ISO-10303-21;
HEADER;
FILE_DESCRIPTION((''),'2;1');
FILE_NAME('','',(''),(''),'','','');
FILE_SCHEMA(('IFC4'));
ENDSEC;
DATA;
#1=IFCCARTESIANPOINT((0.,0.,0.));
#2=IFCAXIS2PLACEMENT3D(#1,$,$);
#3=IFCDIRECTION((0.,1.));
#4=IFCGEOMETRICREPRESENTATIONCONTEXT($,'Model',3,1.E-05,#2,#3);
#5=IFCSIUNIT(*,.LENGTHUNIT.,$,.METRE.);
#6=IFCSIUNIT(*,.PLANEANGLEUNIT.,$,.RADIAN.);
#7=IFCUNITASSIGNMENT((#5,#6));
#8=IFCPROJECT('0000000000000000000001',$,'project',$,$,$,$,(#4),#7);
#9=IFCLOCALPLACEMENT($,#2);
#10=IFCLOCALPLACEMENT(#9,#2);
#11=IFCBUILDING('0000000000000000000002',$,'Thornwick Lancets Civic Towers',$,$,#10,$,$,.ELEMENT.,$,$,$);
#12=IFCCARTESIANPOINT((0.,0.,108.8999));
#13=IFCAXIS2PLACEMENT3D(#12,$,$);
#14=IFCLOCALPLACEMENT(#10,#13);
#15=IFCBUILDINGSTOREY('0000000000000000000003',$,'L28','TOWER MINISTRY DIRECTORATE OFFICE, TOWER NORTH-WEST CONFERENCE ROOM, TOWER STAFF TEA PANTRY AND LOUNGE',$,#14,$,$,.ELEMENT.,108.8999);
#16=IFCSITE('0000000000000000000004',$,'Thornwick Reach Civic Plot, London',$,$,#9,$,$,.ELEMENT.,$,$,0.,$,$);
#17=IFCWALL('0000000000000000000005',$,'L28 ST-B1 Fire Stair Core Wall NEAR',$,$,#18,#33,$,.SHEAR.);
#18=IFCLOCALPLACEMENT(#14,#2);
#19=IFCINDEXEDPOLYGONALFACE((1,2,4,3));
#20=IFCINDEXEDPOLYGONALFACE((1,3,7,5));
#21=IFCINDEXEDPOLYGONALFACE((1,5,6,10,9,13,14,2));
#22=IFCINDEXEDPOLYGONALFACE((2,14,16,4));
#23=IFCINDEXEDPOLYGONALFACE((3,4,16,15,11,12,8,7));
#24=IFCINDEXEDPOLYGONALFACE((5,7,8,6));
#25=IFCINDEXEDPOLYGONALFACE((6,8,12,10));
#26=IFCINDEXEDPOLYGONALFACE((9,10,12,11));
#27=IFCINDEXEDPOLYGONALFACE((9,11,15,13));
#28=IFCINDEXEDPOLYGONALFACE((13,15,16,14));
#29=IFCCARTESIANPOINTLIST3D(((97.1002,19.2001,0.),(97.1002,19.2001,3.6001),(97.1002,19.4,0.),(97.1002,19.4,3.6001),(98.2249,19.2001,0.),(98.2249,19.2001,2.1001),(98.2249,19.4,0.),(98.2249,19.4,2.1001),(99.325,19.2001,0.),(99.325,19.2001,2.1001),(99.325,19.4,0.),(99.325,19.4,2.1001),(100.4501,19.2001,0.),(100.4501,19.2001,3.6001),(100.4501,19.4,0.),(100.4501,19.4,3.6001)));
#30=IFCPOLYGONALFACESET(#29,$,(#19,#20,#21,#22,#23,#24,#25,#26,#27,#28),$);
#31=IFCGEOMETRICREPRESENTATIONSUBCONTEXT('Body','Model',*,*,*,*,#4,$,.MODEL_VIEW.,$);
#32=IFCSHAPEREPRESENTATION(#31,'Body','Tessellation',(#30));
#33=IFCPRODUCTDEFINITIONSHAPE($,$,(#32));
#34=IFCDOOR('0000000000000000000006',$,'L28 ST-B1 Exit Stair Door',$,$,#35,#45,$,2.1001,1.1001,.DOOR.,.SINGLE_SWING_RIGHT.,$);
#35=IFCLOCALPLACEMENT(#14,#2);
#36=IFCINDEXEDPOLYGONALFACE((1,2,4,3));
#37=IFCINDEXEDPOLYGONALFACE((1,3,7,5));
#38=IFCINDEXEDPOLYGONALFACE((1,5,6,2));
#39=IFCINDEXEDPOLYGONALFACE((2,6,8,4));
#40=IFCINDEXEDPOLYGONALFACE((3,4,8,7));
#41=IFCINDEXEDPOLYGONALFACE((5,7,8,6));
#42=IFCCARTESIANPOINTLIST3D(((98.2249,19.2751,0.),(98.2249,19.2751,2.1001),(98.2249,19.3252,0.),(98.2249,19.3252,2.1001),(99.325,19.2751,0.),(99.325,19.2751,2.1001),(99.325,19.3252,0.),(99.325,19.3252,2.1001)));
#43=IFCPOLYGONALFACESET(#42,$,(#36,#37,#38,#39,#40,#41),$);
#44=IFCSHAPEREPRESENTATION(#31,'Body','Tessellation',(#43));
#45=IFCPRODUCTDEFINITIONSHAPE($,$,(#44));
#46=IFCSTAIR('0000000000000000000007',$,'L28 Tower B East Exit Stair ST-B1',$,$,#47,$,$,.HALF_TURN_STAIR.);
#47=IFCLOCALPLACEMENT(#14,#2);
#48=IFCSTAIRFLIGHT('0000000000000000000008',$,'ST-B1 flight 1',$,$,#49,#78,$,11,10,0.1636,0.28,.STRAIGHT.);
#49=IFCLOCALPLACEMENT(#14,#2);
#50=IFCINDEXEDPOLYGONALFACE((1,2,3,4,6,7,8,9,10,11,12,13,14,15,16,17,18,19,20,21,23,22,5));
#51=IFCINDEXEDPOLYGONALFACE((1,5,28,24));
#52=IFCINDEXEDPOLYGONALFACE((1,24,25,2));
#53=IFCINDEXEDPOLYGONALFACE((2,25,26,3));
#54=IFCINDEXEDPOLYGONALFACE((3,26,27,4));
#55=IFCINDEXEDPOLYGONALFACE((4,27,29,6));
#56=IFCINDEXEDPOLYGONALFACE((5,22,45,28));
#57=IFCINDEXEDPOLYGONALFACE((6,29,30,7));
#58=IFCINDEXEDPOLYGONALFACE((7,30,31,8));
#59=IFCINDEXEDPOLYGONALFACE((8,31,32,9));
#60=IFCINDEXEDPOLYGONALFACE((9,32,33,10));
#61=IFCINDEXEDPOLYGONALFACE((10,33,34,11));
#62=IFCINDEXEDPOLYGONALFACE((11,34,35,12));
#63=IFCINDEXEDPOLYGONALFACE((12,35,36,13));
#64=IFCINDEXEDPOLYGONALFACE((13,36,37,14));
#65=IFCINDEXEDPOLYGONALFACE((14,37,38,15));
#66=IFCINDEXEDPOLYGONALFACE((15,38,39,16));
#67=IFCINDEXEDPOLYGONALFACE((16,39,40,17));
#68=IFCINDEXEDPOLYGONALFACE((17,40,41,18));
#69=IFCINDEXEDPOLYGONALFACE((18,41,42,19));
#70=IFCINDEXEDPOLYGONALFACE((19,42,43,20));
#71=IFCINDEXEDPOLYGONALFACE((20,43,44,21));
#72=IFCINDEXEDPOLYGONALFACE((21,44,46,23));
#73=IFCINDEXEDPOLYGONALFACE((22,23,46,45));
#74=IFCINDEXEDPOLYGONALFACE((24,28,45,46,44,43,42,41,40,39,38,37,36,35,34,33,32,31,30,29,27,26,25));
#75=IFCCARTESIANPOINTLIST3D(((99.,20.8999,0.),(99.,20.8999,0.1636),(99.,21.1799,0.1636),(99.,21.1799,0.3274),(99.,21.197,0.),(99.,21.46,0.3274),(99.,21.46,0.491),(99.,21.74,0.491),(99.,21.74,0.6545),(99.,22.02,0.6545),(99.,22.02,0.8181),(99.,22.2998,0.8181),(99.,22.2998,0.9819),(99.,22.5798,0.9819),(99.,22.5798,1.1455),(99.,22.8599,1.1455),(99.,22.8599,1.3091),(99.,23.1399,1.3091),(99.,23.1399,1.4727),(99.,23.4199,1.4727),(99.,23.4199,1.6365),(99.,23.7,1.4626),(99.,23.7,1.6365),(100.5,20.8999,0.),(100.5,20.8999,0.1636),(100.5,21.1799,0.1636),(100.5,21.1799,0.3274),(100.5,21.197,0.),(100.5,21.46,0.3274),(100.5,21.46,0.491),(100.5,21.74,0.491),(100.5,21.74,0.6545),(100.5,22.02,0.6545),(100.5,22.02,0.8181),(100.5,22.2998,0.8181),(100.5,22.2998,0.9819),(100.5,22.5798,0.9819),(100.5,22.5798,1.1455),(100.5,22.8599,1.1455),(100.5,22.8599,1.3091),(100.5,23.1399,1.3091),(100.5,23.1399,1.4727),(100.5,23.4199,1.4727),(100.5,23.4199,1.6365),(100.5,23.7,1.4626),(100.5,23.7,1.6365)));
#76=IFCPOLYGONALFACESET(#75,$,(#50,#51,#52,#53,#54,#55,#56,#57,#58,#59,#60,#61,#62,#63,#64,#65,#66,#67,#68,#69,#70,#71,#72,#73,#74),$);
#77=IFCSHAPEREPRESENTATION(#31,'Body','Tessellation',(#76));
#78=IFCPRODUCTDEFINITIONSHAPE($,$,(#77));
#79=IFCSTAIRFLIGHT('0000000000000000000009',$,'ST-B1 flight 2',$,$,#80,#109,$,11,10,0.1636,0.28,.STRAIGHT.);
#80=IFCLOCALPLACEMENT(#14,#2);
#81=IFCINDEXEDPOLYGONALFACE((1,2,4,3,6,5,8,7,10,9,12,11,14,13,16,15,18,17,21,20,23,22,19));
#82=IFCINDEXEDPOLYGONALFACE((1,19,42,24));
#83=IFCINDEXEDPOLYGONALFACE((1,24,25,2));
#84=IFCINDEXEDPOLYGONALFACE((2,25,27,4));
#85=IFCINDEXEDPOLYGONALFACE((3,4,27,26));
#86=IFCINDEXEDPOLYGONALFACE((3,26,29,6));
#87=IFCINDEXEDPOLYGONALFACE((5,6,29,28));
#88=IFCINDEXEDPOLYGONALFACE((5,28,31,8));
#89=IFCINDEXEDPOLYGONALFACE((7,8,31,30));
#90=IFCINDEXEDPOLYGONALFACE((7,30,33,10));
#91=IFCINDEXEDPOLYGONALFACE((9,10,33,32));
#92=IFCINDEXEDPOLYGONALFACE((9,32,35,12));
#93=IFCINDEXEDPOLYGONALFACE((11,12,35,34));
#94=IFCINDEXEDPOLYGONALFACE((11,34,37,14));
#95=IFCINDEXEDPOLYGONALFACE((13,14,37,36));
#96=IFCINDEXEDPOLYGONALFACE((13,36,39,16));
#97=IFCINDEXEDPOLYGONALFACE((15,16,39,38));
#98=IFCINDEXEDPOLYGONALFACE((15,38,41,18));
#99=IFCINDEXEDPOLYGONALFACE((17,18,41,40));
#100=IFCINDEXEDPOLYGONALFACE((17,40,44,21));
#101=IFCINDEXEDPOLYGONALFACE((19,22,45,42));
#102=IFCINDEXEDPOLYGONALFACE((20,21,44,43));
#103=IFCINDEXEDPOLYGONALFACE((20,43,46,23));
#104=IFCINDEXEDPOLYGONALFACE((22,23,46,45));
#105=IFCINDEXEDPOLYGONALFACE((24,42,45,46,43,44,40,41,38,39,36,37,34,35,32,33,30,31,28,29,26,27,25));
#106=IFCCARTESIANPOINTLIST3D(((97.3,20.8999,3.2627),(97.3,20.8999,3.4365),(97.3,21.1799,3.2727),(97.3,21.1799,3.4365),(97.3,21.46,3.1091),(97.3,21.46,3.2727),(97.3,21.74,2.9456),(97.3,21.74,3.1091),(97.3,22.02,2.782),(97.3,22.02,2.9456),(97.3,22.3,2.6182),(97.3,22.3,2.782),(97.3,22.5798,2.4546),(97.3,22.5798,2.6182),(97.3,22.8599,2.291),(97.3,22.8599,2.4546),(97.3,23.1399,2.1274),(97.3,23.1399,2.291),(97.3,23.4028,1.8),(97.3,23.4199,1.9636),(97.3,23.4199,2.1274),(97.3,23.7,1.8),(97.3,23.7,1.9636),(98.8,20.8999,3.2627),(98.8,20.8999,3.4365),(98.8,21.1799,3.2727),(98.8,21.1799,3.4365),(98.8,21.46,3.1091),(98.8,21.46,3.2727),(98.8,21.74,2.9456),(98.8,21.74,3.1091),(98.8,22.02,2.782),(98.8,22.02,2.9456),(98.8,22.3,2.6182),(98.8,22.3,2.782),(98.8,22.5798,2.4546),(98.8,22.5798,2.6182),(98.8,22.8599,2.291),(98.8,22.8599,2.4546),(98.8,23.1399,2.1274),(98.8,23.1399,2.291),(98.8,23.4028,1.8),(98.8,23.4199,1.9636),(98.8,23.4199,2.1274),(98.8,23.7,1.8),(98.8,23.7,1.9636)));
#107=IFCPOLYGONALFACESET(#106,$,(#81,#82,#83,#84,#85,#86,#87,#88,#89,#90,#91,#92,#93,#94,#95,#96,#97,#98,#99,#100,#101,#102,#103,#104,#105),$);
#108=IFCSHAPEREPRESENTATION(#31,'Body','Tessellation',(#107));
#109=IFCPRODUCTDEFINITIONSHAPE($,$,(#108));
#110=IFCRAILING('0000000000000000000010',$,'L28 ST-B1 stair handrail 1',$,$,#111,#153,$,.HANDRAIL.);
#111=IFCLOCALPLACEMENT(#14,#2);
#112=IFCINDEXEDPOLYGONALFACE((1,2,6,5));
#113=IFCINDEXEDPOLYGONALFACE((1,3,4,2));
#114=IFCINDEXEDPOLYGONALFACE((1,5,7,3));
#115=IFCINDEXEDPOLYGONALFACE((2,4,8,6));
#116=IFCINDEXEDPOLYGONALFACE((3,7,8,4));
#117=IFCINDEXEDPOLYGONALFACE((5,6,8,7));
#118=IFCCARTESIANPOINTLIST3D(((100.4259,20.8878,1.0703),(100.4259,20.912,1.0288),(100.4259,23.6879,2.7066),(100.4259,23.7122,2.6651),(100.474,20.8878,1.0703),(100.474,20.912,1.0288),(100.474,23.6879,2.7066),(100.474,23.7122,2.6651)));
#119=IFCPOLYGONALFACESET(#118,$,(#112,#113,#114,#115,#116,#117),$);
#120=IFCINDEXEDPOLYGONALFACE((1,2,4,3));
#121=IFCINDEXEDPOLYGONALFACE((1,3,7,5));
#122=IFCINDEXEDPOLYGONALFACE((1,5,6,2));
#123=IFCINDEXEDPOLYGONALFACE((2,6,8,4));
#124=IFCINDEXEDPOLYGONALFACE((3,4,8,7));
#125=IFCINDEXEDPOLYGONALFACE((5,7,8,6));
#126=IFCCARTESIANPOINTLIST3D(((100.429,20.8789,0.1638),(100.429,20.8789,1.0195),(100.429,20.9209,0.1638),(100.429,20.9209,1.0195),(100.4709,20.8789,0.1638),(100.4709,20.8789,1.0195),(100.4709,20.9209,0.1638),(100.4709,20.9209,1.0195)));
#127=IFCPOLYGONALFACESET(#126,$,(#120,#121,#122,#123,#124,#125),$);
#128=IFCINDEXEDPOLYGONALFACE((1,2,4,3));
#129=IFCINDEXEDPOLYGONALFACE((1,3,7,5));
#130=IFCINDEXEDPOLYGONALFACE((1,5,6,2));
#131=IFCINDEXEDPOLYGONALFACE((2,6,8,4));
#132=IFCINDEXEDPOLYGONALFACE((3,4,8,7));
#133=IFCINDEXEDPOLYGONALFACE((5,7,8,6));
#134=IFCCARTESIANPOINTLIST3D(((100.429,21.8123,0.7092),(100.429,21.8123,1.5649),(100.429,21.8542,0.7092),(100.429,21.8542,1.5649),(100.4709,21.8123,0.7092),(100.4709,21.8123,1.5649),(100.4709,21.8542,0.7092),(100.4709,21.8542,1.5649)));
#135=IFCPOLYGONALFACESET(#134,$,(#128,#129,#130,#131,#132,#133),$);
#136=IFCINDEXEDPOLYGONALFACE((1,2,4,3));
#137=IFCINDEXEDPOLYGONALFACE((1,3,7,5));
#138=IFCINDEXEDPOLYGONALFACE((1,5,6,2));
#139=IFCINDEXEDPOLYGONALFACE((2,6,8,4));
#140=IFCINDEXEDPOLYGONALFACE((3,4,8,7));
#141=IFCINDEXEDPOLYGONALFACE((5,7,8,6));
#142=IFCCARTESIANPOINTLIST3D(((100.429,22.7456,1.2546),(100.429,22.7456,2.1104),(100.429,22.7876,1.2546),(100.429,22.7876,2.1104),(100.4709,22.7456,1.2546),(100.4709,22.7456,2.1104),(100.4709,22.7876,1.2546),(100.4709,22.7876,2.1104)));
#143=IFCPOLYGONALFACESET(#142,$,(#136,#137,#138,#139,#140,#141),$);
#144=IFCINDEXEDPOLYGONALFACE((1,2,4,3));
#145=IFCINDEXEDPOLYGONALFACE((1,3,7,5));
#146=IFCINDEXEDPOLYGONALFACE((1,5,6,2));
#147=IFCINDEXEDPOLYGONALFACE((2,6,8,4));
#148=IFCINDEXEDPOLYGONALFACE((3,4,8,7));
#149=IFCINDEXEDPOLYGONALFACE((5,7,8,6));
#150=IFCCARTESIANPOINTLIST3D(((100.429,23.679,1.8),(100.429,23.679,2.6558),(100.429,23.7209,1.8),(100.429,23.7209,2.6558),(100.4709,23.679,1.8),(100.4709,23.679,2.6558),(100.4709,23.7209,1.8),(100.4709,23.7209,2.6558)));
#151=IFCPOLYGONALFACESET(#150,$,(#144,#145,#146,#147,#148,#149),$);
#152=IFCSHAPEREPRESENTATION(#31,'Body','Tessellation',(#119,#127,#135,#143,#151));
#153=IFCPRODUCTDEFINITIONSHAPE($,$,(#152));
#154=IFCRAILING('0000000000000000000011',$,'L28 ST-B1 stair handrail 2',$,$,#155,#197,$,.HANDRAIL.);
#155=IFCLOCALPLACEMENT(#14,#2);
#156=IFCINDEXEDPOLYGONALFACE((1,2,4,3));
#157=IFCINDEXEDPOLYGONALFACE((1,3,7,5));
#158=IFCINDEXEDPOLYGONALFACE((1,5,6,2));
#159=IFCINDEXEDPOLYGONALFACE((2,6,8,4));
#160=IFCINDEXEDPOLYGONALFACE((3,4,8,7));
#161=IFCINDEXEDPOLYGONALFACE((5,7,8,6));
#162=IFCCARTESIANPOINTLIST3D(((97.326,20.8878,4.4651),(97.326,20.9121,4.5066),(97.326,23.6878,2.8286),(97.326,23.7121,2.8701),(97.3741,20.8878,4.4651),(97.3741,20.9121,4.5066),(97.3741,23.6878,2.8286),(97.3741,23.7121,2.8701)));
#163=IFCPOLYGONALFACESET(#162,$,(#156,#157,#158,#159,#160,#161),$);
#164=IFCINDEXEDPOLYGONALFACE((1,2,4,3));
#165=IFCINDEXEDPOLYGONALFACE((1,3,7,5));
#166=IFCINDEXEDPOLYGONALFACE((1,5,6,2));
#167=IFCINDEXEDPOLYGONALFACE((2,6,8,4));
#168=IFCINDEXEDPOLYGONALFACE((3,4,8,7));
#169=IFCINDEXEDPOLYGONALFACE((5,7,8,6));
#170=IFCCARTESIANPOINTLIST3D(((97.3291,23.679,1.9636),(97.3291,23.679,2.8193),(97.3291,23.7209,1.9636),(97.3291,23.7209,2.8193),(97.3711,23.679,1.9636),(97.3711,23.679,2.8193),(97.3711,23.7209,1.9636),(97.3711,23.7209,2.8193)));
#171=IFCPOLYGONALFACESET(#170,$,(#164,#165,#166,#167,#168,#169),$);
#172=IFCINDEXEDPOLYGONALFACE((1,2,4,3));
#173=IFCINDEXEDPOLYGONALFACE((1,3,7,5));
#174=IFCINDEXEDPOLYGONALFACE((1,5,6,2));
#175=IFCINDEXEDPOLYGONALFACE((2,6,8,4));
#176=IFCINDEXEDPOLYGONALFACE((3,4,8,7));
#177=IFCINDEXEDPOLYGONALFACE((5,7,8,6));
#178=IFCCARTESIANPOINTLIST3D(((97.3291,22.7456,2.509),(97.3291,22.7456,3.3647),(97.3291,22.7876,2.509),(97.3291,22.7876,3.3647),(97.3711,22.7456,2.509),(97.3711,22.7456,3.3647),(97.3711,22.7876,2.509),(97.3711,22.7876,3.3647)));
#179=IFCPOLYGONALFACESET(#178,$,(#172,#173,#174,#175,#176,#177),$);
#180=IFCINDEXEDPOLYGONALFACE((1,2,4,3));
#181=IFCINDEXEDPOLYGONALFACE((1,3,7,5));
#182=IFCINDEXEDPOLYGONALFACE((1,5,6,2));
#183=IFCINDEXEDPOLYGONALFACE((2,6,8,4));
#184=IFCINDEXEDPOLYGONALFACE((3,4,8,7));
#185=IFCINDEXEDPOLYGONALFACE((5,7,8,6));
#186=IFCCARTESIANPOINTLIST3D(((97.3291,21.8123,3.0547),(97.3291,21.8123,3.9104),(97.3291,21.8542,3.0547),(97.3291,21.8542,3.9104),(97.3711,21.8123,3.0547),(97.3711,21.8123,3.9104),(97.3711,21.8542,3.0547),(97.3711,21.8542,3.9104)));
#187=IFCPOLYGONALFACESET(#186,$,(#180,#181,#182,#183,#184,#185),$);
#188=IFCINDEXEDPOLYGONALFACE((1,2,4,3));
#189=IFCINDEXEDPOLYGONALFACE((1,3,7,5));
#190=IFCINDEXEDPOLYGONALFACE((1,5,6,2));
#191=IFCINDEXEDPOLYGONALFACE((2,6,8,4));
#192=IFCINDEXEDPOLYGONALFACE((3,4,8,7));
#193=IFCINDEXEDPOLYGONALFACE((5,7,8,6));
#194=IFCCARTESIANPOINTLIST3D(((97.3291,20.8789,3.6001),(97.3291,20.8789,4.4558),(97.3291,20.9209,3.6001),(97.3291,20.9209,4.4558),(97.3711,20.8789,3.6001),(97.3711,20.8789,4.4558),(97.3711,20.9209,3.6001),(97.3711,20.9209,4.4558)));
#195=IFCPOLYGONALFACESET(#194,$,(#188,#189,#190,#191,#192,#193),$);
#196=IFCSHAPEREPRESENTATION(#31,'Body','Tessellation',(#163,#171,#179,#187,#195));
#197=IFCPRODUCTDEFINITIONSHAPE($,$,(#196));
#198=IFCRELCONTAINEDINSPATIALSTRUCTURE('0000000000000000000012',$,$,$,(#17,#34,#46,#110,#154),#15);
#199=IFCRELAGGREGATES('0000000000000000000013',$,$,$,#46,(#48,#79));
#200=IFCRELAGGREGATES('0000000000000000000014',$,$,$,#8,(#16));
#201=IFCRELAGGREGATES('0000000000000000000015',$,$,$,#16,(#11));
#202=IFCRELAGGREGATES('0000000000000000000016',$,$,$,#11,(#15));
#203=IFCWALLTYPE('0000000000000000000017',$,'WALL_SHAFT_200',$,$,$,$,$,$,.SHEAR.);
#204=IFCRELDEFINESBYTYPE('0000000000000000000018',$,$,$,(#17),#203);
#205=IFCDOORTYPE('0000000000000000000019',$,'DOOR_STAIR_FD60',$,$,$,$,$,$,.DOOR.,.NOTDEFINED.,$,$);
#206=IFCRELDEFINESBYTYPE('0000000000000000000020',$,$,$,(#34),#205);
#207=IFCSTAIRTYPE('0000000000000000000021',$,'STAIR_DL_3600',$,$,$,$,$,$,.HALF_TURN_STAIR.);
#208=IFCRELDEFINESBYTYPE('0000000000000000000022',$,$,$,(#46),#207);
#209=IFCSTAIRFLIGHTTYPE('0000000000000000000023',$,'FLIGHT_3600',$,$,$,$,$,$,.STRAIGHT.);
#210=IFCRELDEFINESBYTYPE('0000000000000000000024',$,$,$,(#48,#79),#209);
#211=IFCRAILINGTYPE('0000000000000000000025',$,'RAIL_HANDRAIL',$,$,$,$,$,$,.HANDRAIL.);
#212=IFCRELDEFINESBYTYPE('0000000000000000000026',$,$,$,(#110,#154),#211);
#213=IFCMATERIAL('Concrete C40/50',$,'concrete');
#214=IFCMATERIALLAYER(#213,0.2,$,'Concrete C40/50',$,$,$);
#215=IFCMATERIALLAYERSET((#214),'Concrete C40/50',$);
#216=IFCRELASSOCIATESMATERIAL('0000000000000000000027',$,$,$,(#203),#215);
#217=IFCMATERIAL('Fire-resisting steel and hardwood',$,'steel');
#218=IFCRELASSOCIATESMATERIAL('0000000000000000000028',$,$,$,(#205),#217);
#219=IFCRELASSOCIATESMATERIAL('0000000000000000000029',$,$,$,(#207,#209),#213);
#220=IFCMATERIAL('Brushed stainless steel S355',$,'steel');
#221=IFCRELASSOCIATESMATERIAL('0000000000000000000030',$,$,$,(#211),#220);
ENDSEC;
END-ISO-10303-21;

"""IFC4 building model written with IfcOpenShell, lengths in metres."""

from ifc_helpers import new_model, si_unit, direction, frame, frame_2d, origin, origin_2d, place, context, subcontext, project, spatial, polyline, rectangle, outline, extrude, material, layer, layer_set, type_object, element, fill, aggregate, save


model = new_model("IFC4")

# Units and contexts
model_context = context("Model", 3, precision=1e-05, world=origin(), true_north=direction((0.0, 1.0)))
body_context = subcontext(model_context, "Body", "Model", "MODEL_VIEW")
ifc_project = project(units=[si_unit("LENGTHUNIT", "METRE"), si_unit("PLANEANGLEUNIT", "RADIAN")], contexts=[model_context])

# Site, building, storey
site_placement = place(None, origin())
site = spatial("IfcSite", under=ifc_project, at=site_placement, Name="Thornwick Reach Civic Plot, London", CompositionType="ELEMENT", RefElevation=0.0)
building_placement = place(site_placement, origin())
building = spatial("IfcBuilding", under=site, at=building_placement, Name="Thornwick Lancets Civic Towers", CompositionType="ELEMENT")
storey_placement = place(building_placement, frame((0.0, 0.0, 108.8999)))
storey = spatial("IfcBuildingStorey", under=building, at=storey_placement, Name="L28", Description="TOWER MINISTRY DIRECTORATE OFFICE, TOWER NORTH-WEST CONFERENCE ROOM, TOWER STAFF TEA PANTRY AND LOUNGE", CompositionType="ELEMENT", Elevation=108.8999)

# Shared definitions
ifc_material_1 = material(Name="Concrete C40/50", Category="concrete")

# Wall, opening, door
ifc_layer_1 = layer(ifc_material_1, 0.2, Name="Concrete C40/50")
ifc_layer_set_1 = layer_set([ifc_layer_1], Name="Concrete C40/50")
wall_type_1 = type_object("IfcWallType", Name="WALL_SHAFT_200", PredefinedType="SHEAR", material=ifc_layer_set_1)
wall_1_placement = place(storey_placement, frame((100.45, 19.3, 0.0), z_axis=(0.0, 0.0, 1.0), x_axis=(-1.0, 0.0, 0.0)))
wall_1 = element("IfcWall", 1, at=wall_1_placement, inside=storey, type_object=wall_type_1, Name="L28 ST-B1 Fire Stair Core Wall NEAR", PredefinedType="SHEAR", context=body_context, shape_type="SweptSolid", body=[
    extrude(rectangle(XDim=3.3499, YDim=0.2, at=frame_2d((1.6748, 0.0))), origin(), (0.0, 0.0, 1.0), 3.6001),
])
opening_1_placement = place(wall_1_placement, frame((1.125, 0.0, 0.0)))
opening_1 = element("IfcOpeningElement", 2, at=opening_1_placement, cuts=wall_1, PredefinedType="OPENING", context=body_context, shape_type="SweptSolid", body=[
    extrude(rectangle(XDim=1.1001, YDim=2.1001, at=frame_2d((0.55, 1.05))), frame((0.0, 0.1099, 0.0), z_axis=(0.0, -1.0, 0.0), x_axis=(1.0, 0.0, 0.0)), (0.0, 0.0, 1.0), 0.22),
])
ifc_material_2 = material(Name="Fire-resisting steel and hardwood", Category="steel")
door_type_1 = type_object("IfcDoorType", Name="DOOR_STAIR_FD60", OperationType="NOTDEFINED", PredefinedType="DOOR", material=ifc_material_2)
door_1_placement = place(opening_1_placement, origin())
door_1 = element("IfcDoor", 3, at=door_1_placement, inside=storey, type_object=door_type_1, Name="L28 ST-B1 Exit Stair Door", OperationType="SINGLE_SWING_RIGHT", OverallHeight=2.1001, OverallWidth=1.1001, PredefinedType="DOOR", context=body_context, shape_type="SweptSolid", body=[
    extrude(rectangle(XDim=1.1001, YDim=2.1001, at=frame_2d((0.55, 1.05))), frame((0.0, 0.0249, 0.0), z_axis=(0.0, -1.0, 0.0), x_axis=(1.0, 0.0, 0.0)), (0.0, 0.0, 1.0), 0.05),
])
fill(opening_1, door_1)

# Stair, stair flights
stair_type = type_object("IfcStairType", Name="STAIR_DL_3600", PredefinedType="HALF_TURN_STAIR", material=ifc_material_1)
stair_placement = place(storey_placement, origin())
stair = element("IfcStair", 4, at=stair_placement, inside=storey, type_object=stair_type, Name="L28 Tower B East Exit Stair ST-B1", PredefinedType="HALF_TURN_STAIR")
stair_flight_type = type_object("IfcStairFlightType", Name="FLIGHT_3600", PredefinedType="STRAIGHT", material=ifc_material_1)
stair_flight_1_placement = place(storey_placement, frame((99.75, 20.8999, 0.0), z_axis=(0.0, 0.0, 1.0), x_axis=(0.0, 1.0, 0.0)))
stair_flight_1 = element("IfcStairFlight", 5, at=stair_flight_1_placement, type_object=stair_flight_type, Name="ST-B1 flight 1", NumberOfRisers=11, NumberOfTreads=10, PredefinedType="STRAIGHT", RiserHeight=0.1636, TreadLength=0.28, context=body_context, shape_type="SweptSolid", body=[
    extrude(outline(polyline([(0.0, 0.0), (0.0, 0.1636), (0.28, 0.1636), (0.28, 0.3274), (0.5601, 0.3274), (0.5601, 0.491), (0.8401, 0.491), (0.8401, 0.6545), (1.1201, 0.6545), (1.1201, 0.8181), (1.3999, 0.8181), (1.3999, 0.9819), (1.6799, 0.9819), (1.6799, 1.1455), (1.96, 1.1455), (1.96, 1.3091), (2.24, 1.3091), (2.24, 1.4727), (2.52, 1.4727), (2.52, 1.6365), (2.8, 1.6365), (2.8, 1.8), (2.8, 1.4626), (0.2971, 0.0), (0.0, 0.0)])), frame((0.0, 0.75, 0.0), z_axis=(0.0, -1.0, 0.0), x_axis=(1.0, 0.0, 0.0)), (0.0, 0.0, 1.0), 1.5),
])
stair_flight_2_placement = place(storey_placement, frame((98.05, 23.7, 1.8), z_axis=(0.0, 0.0, 1.0), x_axis=(0.0, -1.0, 0.0)))
stair_flight_2 = element("IfcStairFlight", 6, at=stair_flight_2_placement, type_object=stair_flight_type, Name="ST-B1 flight 2", NumberOfRisers=11, NumberOfTreads=10, PredefinedType="STRAIGHT", RiserHeight=0.1636, TreadLength=0.28, context=body_context, shape_type="SweptSolid", body=[
    extrude(outline(polyline([(0.0, 0.0), (0.0, 0.1636), (0.28, 0.1636), (0.28, 0.3274), (0.5601, 0.3274), (0.5601, 0.491), (0.8401, 0.491), (0.8401, 0.6545), (1.1201, 0.6545), (1.1201, 0.8181), (1.3999, 0.8181), (1.3999, 0.9819), (1.6799, 0.9819), (1.6799, 1.1455), (1.96, 1.1455), (1.96, 1.3091), (2.24, 1.3091), (2.24, 1.4727), (2.52, 1.4727), (2.52, 1.6365), (2.8, 1.6365), (2.8, 1.8), (2.8, 1.4626), (0.2971, 0.0), (0.0, 0.0)])), frame((0.0, 0.75, 0.0), z_axis=(0.0, -1.0, 0.0), x_axis=(1.0, 0.0, 0.0)), (0.0, 0.0, 1.0), 1.5),
])
aggregate(stair, [stair_flight_1, stair_flight_2])

# Railings
ifc_material_3 = material(Name="Brushed stainless steel S355", Category="steel")
railing_type_1 = type_object("IfcRailingType", Name="RAIL_HANDRAIL", PredefinedType="HANDRAIL", material=ifc_material_3)
railing_1_placement = place(storey_placement, frame((100.45, 20.8999, 0.1638)))
element("IfcRailing", 7, at=railing_1_placement, inside=storey, type_object=railing_type_1, Name="L28 ST-B1 stair handrail 1", PredefinedType="HANDRAIL", context=body_context, shape_type="SweptSolid", body=[
    extrude(rectangle(XDim=0.0481, YDim=0.0481, at=origin_2d()), frame((0.0, 0.0, 0.8857), z_axis=(0.0, 0.863394, 0.504531), x_axis=(-1.0, 0.0, 0.0)), (0.0, 0.0, 1.0), 3.2432),
    extrude(rectangle(XDim=0.042, YDim=0.042, at=origin_2d()), origin(), (0.0, 0.0, 1.0), 0.8557),
    extrude(rectangle(XDim=0.042, YDim=0.042, at=origin_2d()), frame((0.0, 0.9333, 0.5454)), (0.0, 0.0, 1.0), 0.8557),
    extrude(rectangle(XDim=0.042, YDim=0.042, at=origin_2d()), frame((0.0, 1.8667, 1.0908)), (0.0, 0.0, 1.0), 0.8557),
    extrude(rectangle(XDim=0.042, YDim=0.042, at=origin_2d()), frame((0.0, 2.8, 1.6362)), (0.0, 0.0, 1.0), 0.8557),
])
railing_2_placement = place(storey_placement, frame((97.3501, 23.7, 1.9636)))
element("IfcRailing", 8, at=railing_2_placement, inside=storey, type_object=railing_type_1, Name="L28 ST-B1 stair handrail 2", PredefinedType="HANDRAIL", context=body_context, shape_type="SweptSolid", body=[
    extrude(rectangle(XDim=0.0481, YDim=0.0481, at=origin_2d()), frame((0.0, 0.0, 0.8857), z_axis=(0.0, -0.863361, 0.504587), x_axis=(1.0, 0.0, 0.0)), (0.0, 0.0, 1.0), 3.2432),
    extrude(rectangle(XDim=0.042, YDim=0.042, at=origin_2d()), origin(), (0.0, 0.0, 1.0), 0.8557),
    extrude(rectangle(XDim=0.042, YDim=0.042, at=origin_2d()), frame((0.0, -0.9333, 0.5454)), (0.0, 0.0, 1.0), 0.8557),
    extrude(rectangle(XDim=0.042, YDim=0.042, at=origin_2d()), frame((0.0, -1.8667, 1.0911)), (0.0, 0.0, 1.0), 0.8557),
    extrude(rectangle(XDim=0.042, YDim=0.042, at=origin_2d()), frame((0.0, -2.8, 1.6365)), (0.0, 0.0, 1.0), 0.8557),
])

save(model, "model.ifc")
